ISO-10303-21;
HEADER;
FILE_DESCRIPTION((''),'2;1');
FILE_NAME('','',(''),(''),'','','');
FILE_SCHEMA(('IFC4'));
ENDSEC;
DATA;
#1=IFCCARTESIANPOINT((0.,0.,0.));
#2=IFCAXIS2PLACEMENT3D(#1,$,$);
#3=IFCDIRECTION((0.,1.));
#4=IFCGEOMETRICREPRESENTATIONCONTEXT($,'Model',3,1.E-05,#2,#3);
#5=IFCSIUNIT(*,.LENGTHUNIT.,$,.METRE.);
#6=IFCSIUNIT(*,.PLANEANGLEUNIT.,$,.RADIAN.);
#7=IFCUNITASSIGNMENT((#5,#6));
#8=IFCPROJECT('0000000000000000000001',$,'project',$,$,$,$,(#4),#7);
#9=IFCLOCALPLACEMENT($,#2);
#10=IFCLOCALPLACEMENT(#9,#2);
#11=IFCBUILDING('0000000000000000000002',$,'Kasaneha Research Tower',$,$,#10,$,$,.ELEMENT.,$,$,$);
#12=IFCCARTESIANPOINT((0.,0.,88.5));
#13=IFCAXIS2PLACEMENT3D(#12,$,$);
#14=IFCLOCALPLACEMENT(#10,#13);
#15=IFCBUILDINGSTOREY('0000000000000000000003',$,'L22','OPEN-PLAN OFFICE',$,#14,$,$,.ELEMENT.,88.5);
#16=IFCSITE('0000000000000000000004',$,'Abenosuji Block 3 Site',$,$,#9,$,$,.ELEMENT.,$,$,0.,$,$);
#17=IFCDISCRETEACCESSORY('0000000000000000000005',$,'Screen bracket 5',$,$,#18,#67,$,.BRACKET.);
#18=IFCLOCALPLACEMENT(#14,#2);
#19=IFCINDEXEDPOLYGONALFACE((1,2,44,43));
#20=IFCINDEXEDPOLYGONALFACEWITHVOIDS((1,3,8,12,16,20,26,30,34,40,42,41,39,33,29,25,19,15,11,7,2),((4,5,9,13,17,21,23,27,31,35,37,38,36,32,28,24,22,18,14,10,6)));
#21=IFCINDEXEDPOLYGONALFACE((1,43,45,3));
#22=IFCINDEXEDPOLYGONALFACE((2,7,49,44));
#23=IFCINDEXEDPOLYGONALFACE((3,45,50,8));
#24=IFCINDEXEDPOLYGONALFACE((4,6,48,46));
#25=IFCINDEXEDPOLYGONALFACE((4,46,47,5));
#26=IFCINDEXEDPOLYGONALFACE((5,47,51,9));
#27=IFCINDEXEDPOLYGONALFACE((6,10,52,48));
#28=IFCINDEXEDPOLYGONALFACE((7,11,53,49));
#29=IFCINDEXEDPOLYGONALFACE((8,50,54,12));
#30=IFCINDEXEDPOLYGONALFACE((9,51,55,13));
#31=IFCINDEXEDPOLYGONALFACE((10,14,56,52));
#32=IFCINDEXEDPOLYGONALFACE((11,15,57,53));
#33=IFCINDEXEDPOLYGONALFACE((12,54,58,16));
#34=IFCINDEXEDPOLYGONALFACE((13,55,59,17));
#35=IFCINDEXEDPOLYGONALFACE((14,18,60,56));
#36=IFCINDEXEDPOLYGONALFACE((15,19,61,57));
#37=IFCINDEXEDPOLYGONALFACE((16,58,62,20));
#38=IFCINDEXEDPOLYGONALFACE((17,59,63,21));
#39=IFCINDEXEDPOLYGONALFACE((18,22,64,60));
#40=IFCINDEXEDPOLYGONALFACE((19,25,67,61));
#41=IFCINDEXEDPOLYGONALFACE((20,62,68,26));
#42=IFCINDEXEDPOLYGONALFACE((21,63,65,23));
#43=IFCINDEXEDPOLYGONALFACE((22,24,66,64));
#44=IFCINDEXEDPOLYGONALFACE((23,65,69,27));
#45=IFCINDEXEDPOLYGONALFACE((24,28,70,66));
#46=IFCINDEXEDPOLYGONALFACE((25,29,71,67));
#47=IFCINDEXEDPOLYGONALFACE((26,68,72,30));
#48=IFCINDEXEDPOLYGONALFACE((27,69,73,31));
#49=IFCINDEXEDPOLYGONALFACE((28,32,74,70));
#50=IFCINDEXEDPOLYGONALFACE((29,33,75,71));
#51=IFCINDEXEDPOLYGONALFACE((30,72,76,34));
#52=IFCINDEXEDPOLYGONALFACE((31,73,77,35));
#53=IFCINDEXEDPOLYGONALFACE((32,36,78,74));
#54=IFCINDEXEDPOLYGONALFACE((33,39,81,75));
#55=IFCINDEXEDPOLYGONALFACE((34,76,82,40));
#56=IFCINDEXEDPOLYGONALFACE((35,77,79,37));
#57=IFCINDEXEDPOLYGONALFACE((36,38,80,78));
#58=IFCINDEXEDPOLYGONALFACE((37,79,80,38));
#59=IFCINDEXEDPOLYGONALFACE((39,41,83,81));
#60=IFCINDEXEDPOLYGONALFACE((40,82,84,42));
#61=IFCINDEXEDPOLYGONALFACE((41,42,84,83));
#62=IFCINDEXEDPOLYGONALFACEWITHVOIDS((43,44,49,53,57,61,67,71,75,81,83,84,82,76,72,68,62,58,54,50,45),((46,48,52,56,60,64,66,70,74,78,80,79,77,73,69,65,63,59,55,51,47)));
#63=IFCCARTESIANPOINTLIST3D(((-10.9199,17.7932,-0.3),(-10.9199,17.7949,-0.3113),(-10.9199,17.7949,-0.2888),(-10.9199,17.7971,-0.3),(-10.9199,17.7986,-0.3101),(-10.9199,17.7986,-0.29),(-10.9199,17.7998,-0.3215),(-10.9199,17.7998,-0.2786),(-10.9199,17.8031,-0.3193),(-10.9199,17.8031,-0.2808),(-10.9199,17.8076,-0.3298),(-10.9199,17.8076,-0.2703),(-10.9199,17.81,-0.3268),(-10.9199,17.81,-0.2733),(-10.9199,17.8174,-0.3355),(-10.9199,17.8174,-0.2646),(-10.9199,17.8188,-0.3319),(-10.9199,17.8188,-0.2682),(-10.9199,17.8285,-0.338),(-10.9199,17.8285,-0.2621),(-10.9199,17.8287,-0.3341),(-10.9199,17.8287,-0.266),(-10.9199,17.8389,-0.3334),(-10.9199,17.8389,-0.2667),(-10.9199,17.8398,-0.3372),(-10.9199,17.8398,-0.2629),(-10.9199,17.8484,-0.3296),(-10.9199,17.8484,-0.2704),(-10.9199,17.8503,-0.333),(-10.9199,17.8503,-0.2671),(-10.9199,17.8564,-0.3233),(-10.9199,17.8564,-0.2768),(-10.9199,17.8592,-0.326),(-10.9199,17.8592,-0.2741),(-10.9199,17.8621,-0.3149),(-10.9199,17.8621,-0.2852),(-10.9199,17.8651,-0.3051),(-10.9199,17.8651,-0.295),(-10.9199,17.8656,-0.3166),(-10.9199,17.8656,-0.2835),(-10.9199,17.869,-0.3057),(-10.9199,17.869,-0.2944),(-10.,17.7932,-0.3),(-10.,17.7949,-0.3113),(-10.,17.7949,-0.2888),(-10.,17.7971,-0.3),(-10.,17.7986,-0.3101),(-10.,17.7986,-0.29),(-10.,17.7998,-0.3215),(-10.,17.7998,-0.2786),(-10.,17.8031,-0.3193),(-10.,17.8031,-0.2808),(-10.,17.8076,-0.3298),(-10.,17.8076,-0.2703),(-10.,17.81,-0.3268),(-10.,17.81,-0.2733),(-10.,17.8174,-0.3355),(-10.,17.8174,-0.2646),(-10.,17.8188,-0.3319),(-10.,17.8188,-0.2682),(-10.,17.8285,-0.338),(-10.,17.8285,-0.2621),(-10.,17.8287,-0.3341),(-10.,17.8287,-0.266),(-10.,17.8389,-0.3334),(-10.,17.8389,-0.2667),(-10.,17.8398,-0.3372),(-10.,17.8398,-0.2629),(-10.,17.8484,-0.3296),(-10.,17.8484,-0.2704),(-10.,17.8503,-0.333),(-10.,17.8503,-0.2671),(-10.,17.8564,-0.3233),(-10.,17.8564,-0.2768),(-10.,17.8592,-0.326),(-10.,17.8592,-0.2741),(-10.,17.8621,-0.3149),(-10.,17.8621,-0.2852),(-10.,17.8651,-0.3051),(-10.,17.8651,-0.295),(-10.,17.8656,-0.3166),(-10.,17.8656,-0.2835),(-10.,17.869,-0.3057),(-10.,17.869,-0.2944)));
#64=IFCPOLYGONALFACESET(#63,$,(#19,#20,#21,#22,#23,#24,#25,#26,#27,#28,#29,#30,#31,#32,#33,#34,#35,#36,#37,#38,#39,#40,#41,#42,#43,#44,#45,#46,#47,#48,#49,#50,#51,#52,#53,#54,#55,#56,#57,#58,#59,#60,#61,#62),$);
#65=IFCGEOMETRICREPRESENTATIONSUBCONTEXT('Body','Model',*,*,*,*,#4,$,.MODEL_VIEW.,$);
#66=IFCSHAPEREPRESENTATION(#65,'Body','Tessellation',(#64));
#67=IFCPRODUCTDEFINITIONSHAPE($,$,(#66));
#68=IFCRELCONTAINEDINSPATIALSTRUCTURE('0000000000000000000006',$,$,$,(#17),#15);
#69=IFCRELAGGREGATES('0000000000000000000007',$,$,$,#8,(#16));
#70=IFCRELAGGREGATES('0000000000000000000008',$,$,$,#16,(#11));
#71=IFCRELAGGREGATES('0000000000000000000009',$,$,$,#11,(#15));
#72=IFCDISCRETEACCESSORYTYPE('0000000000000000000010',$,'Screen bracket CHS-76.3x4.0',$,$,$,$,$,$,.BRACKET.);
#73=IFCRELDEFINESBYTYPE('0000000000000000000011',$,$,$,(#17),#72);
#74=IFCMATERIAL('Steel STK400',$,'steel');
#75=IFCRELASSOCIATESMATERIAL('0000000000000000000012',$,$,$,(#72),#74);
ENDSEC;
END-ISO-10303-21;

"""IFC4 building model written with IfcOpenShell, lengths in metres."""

from ifc_helpers import new_model, si_unit, direction, frame, origin, origin_2d, place, context, subcontext, project, spatial, hollow_circle, extrude, material, material_profile, profile_set, type_object, element, save


model = new_model("IFC4")

# Units and contexts
model_context = context("Model", 3, precision=1e-05, world=origin(), true_north=direction((0.0, 1.0)))
body_context = subcontext(model_context, "Body", "Model", "MODEL_VIEW")
ifc_project = project(units=[si_unit("LENGTHUNIT", "METRE"), si_unit("PLANEANGLEUNIT", "RADIAN")], contexts=[model_context])

# Site, building, storey
site_placement = place(None, origin())
site = spatial("IfcSite", under=ifc_project, at=site_placement, Name="Abenosuji Block 3 Site", CompositionType="ELEMENT", RefElevation=0.0)
building_placement = place(site_placement, origin())
building = spatial("IfcBuilding", under=site, at=building_placement, Name="Kasaneha Research Tower", CompositionType="ELEMENT")
storey_placement = place(building_placement, frame((0.0, 0.0, 88.5)))
storey = spatial("IfcBuildingStorey", under=building, at=storey_placement, Name="L22", Description="OPEN-PLAN OFFICE", CompositionType="ELEMENT", Elevation=88.5)

# Discrete accessory
ifc_material_1 = material(Name="Steel STK400", Category="steel")
ifc_material_profile_1 = material_profile(ifc_material_1, hollow_circle(Radius=0.0381, WallThickness=0.0039, at=origin_2d()), Name="CHS-76.3x4.0")
ifc_profile_set_1 = profile_set([ifc_material_profile_1], Name="Steel STK400")
discrete_accessory_type = type_object("IfcDiscreteAccessoryType", Name="Screen bracket CHS-76.3x4.0", PredefinedType="BRACKET", material=ifc_profile_set_1)
for number, where, z_axis, x_axis, name in (
    (1, (-10.0, 17.8313, -0.3), (-1.0, 0.0, 0.0), (0.0, -1.0, 0.0), "Screen bracket 5"),
):
    element("IfcDiscreteAccessory", number, at=place(storey_placement, frame(where, z_axis=z_axis, x_axis=x_axis)), inside=storey, type_object=discrete_accessory_type, Name=name, PredefinedType="BRACKET", context=body_context, shape_type="SweptSolid", body=[
        extrude(hollow_circle(Radius=0.0381, WallThickness=0.0039, at=origin_2d()), origin(), (0.0, 0.0, 1.0), 0.9199),
    ])

save(model, "model.ifc")
